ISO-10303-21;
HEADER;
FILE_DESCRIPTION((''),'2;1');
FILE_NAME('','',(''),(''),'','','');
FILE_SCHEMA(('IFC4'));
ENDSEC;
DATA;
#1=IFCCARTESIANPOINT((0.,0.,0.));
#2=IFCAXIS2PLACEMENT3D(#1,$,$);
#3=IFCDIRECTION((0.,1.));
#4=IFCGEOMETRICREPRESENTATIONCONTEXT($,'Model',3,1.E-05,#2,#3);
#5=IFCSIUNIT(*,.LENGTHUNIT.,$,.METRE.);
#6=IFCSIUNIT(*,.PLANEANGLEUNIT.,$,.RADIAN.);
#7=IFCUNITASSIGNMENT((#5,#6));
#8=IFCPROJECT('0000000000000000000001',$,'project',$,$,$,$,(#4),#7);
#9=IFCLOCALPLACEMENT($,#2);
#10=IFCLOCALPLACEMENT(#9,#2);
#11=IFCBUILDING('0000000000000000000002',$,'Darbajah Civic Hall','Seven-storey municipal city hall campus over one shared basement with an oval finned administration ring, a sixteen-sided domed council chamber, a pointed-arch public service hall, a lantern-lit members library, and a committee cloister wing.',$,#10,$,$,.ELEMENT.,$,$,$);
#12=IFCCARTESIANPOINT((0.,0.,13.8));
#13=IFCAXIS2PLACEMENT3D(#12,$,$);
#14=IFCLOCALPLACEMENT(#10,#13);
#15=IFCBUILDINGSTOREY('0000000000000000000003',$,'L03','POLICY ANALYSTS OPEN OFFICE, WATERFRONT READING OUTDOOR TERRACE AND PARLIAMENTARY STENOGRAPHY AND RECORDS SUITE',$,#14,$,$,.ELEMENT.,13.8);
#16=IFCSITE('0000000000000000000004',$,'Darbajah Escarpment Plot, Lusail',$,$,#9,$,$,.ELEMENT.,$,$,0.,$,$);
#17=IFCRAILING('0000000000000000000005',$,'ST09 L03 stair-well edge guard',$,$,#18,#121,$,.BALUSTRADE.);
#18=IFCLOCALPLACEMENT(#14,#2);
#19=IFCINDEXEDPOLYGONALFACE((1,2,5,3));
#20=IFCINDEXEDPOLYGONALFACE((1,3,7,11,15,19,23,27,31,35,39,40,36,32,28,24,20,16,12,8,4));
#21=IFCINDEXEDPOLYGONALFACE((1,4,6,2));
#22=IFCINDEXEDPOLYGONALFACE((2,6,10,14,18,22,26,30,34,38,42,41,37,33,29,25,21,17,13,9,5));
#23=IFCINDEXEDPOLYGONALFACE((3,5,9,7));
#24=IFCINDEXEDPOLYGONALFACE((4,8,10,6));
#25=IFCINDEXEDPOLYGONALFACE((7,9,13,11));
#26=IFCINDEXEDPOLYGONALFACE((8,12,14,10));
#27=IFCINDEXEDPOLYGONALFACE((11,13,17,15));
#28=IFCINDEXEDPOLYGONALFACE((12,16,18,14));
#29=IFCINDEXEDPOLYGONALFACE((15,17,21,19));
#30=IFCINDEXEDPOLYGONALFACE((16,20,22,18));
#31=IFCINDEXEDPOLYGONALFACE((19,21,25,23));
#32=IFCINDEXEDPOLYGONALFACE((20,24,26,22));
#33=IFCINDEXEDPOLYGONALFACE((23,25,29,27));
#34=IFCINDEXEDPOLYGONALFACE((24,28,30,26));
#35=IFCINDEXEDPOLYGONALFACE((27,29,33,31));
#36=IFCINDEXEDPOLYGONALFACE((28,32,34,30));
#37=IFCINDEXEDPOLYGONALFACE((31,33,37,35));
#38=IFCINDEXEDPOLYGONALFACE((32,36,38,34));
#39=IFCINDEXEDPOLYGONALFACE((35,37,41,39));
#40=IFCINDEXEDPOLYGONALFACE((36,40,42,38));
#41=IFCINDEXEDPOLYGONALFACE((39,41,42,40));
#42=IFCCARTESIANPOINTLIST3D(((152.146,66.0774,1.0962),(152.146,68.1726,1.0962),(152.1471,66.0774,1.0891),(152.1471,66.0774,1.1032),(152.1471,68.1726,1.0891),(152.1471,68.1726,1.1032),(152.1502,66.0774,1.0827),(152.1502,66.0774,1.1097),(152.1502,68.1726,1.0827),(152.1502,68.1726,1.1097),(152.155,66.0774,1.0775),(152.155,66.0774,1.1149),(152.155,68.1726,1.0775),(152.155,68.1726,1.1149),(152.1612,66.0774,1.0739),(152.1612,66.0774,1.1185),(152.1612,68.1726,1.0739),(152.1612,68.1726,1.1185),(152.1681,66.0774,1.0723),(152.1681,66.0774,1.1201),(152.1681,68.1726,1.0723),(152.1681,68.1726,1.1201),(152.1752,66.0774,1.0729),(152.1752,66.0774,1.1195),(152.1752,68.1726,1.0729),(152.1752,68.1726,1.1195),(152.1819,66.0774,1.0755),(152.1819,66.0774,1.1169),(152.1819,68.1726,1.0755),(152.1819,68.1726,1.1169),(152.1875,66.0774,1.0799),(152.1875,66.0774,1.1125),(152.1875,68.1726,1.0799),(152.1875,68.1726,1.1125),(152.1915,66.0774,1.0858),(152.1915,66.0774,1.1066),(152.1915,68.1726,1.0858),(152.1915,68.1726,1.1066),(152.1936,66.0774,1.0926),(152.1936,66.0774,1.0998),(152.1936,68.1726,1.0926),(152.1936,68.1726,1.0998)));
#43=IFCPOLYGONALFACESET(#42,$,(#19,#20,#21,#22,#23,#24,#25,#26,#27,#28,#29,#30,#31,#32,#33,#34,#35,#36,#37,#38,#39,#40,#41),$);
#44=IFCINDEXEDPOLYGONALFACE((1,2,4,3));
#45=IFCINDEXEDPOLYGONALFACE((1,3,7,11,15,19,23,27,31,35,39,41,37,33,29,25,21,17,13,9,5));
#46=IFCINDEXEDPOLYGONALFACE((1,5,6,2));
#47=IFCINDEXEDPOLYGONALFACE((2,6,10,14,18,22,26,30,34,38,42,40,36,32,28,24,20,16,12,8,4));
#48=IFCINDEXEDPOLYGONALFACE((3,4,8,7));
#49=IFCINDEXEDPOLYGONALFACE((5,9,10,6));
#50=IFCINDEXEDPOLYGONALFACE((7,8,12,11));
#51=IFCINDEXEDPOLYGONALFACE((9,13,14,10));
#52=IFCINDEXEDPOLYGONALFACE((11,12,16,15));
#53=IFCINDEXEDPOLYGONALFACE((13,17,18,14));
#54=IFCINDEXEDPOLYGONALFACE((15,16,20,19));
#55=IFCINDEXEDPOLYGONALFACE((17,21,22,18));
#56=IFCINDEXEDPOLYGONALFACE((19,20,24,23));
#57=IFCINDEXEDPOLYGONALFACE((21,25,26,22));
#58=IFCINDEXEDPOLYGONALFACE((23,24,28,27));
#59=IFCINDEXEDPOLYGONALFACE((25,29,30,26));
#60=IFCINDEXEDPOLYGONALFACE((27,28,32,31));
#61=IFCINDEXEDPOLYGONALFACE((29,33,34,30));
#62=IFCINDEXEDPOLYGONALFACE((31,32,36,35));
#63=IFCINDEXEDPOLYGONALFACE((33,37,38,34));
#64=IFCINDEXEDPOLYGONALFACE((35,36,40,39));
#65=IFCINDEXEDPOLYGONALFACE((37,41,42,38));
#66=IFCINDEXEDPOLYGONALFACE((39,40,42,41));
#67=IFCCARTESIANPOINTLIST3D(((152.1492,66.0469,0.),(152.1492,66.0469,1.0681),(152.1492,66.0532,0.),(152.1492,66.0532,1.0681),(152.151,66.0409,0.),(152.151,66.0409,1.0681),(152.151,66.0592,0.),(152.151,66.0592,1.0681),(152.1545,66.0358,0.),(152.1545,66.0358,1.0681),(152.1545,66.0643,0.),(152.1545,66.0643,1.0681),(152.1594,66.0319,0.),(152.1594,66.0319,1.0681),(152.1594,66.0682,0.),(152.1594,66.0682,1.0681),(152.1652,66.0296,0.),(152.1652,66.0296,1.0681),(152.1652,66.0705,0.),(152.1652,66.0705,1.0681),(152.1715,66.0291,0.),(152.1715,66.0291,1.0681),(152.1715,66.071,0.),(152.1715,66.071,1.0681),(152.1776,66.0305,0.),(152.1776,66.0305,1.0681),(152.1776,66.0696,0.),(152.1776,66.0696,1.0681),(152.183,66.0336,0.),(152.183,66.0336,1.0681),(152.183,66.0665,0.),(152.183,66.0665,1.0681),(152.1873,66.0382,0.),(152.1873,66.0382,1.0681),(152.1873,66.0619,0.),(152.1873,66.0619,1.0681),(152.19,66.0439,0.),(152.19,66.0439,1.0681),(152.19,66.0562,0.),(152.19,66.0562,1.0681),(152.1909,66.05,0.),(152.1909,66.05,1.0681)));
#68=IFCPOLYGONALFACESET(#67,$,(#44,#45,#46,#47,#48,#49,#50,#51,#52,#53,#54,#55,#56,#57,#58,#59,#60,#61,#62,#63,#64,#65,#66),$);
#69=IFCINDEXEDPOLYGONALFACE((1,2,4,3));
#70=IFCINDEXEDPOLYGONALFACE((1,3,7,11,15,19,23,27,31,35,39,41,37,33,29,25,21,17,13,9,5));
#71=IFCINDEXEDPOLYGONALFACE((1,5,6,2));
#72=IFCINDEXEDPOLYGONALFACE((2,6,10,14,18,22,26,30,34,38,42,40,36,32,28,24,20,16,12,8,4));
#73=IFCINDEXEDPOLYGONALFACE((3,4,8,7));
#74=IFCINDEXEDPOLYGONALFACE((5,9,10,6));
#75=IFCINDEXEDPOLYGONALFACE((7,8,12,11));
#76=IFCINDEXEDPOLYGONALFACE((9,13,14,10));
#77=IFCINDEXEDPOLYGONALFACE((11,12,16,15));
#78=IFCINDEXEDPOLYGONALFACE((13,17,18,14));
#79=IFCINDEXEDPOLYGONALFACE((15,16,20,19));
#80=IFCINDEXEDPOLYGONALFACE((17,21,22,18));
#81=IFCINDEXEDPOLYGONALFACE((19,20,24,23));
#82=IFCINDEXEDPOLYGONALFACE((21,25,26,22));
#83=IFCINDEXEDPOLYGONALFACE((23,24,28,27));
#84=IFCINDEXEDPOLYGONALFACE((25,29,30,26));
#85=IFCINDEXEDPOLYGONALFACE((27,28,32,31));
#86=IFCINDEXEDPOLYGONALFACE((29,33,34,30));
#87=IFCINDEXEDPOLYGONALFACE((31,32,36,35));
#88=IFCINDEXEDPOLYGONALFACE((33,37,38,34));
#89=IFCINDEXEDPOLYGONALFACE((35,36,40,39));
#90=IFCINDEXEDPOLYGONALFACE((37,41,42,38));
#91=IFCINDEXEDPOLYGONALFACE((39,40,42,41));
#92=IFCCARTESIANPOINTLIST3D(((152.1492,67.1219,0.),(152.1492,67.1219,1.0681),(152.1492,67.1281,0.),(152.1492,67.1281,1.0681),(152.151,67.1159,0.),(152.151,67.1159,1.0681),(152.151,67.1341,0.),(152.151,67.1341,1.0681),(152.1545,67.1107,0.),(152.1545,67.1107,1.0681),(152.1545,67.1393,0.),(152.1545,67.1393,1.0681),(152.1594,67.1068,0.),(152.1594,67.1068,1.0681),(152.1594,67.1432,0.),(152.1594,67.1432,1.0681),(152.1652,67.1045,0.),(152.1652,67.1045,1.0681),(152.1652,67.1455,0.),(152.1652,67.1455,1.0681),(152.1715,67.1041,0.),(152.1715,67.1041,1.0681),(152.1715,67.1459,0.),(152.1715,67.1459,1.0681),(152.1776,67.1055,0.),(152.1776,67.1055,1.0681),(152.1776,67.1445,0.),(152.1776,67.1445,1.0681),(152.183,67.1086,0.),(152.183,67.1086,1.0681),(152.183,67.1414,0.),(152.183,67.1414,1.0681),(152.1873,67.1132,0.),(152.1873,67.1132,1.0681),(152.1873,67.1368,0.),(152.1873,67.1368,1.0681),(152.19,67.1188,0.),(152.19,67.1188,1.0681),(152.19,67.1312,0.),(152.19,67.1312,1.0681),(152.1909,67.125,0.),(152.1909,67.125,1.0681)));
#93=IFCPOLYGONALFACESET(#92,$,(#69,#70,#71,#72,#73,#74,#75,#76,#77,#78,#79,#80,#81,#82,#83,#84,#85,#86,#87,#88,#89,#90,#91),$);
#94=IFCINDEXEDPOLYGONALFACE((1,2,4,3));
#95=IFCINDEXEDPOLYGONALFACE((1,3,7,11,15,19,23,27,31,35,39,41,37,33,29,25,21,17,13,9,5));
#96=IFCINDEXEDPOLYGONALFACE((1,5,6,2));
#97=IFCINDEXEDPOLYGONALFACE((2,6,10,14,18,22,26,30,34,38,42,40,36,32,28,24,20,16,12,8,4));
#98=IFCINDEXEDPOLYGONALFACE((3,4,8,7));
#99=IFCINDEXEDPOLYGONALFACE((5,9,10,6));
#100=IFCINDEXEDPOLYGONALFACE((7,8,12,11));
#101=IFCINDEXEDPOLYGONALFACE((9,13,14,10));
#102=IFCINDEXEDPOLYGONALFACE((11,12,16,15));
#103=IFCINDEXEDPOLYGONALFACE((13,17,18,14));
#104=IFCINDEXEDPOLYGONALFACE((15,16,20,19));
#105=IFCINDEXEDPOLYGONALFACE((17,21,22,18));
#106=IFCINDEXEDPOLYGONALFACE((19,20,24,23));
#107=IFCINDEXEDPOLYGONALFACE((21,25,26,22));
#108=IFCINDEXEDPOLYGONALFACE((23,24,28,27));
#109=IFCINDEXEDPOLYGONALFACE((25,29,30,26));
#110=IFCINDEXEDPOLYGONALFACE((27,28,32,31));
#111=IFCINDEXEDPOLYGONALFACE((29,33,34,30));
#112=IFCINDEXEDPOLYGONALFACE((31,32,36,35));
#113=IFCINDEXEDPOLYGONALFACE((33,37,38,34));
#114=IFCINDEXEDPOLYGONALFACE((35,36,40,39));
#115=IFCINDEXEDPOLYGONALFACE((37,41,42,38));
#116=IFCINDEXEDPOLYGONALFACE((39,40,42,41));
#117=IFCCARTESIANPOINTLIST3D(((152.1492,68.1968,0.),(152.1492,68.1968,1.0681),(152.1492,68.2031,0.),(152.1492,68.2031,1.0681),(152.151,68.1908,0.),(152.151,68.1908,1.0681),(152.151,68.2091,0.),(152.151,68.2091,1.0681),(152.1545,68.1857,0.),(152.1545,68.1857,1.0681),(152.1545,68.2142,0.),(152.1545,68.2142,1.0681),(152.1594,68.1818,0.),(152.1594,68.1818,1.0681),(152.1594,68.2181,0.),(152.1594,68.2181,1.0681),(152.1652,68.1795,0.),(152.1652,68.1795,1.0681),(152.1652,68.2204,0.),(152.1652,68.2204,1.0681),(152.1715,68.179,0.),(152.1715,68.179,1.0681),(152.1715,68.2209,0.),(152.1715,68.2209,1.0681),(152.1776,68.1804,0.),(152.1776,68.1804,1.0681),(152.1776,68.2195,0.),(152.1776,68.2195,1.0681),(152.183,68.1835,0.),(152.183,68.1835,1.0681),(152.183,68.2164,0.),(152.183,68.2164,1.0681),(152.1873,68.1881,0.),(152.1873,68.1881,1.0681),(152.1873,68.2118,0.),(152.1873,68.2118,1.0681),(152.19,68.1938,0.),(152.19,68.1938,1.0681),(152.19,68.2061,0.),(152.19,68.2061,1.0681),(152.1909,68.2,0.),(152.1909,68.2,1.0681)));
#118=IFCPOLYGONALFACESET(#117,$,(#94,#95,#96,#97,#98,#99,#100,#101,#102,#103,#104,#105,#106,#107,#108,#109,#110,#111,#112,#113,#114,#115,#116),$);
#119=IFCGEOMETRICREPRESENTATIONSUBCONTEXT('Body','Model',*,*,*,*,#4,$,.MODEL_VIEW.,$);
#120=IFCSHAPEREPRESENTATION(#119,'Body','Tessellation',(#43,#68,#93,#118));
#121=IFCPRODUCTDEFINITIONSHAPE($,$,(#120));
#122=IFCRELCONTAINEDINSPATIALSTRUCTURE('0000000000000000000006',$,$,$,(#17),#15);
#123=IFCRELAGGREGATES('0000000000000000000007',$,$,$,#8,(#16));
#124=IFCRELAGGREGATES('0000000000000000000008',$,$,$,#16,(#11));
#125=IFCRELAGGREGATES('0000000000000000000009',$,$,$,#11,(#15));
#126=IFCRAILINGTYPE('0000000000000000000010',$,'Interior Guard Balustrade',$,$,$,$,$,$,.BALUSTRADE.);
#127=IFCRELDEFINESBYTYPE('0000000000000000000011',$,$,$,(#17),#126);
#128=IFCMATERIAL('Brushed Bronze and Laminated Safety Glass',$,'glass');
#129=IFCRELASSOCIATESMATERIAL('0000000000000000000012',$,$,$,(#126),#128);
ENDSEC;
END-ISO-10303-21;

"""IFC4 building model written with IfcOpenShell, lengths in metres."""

from ifc_helpers import new_model, si_unit, direction, frame, origin, origin_2d, place, context, subcontext, project, spatial, circle, extrude, material, type_object, element, save


model = new_model("IFC4")

# Units and contexts
model_context = context("Model", 3, precision=1e-05, world=origin(), true_north=direction((0.0, 1.0)))
body_context = subcontext(model_context, "Body", "Model", "MODEL_VIEW")
ifc_project = project(units=[si_unit("LENGTHUNIT", "METRE"), si_unit("PLANEANGLEUNIT", "RADIAN")], contexts=[model_context])

# Site, building, storey
site_placement = place(None, origin())
site = spatial("IfcSite", under=ifc_project, at=site_placement, Name="Darbajah Escarpment Plot, Lusail", CompositionType="ELEMENT", RefElevation=0.0)
building_placement = place(site_placement, origin())
building = spatial("IfcBuilding", under=site, at=building_placement, Name="Darbajah Civic Hall", Description="Seven-storey municipal city hall campus over one shared basement with an oval finned administration ring, a sixteen-sided domed council chamber, a pointed-arch public service hall, a lantern-lit members library, and a committee cloister wing.", CompositionType="ELEMENT")
storey_placement = place(building_placement, frame((0.0, 0.0, 13.8)))
storey = spatial("IfcBuildingStorey", under=building, at=storey_placement, Name="L03", Description="POLICY ANALYSTS OPEN OFFICE, WATERFRONT READING OUTDOOR TERRACE AND PARLIAMENTARY STENOGRAPHY AND RECORDS SUITE", CompositionType="ELEMENT", Elevation=13.8)

# Railing
ifc_material_1 = material(Name="Brushed Bronze and Laminated Safety Glass", Category="glass")
railing_type = type_object("IfcRailingType", Name="Interior Guard Balustrade", PredefinedType="BALUSTRADE", material=ifc_material_1)
railing_1_placement = place(storey_placement, frame((152.1699, 66.05, 0.0)))
element("IfcRailing", 1, at=railing_1_placement, inside=storey, type_object=railing_type, Name="ST09 L03 stair-well edge guard", PredefinedType="BALUSTRADE", context=body_context, shape_type="SweptSolid", body=[
    extrude(circle(Radius=0.0239, at=origin_2d()), frame((0.0, 0.0273, 1.0962), z_axis=(0.0, 1.0, 0.0), x_axis=(-1.0, 0.0, 0.0)), (0.0, 0.0, 1.0), 2.0952),
    extrude(circle(Radius=0.021, at=origin_2d()), origin(), (0.0, 0.0, 1.0), 1.0681),
    extrude(circle(Radius=0.021, at=origin_2d()), frame((0.0, 1.075, 0.0)), (0.0, 0.0, 1.0), 1.0681),
    extrude(circle(Radius=0.021, at=origin_2d()), frame((0.0, 2.1499, 0.0)), (0.0, 0.0, 1.0), 1.0681),
])

save(model, "model.ifc")
